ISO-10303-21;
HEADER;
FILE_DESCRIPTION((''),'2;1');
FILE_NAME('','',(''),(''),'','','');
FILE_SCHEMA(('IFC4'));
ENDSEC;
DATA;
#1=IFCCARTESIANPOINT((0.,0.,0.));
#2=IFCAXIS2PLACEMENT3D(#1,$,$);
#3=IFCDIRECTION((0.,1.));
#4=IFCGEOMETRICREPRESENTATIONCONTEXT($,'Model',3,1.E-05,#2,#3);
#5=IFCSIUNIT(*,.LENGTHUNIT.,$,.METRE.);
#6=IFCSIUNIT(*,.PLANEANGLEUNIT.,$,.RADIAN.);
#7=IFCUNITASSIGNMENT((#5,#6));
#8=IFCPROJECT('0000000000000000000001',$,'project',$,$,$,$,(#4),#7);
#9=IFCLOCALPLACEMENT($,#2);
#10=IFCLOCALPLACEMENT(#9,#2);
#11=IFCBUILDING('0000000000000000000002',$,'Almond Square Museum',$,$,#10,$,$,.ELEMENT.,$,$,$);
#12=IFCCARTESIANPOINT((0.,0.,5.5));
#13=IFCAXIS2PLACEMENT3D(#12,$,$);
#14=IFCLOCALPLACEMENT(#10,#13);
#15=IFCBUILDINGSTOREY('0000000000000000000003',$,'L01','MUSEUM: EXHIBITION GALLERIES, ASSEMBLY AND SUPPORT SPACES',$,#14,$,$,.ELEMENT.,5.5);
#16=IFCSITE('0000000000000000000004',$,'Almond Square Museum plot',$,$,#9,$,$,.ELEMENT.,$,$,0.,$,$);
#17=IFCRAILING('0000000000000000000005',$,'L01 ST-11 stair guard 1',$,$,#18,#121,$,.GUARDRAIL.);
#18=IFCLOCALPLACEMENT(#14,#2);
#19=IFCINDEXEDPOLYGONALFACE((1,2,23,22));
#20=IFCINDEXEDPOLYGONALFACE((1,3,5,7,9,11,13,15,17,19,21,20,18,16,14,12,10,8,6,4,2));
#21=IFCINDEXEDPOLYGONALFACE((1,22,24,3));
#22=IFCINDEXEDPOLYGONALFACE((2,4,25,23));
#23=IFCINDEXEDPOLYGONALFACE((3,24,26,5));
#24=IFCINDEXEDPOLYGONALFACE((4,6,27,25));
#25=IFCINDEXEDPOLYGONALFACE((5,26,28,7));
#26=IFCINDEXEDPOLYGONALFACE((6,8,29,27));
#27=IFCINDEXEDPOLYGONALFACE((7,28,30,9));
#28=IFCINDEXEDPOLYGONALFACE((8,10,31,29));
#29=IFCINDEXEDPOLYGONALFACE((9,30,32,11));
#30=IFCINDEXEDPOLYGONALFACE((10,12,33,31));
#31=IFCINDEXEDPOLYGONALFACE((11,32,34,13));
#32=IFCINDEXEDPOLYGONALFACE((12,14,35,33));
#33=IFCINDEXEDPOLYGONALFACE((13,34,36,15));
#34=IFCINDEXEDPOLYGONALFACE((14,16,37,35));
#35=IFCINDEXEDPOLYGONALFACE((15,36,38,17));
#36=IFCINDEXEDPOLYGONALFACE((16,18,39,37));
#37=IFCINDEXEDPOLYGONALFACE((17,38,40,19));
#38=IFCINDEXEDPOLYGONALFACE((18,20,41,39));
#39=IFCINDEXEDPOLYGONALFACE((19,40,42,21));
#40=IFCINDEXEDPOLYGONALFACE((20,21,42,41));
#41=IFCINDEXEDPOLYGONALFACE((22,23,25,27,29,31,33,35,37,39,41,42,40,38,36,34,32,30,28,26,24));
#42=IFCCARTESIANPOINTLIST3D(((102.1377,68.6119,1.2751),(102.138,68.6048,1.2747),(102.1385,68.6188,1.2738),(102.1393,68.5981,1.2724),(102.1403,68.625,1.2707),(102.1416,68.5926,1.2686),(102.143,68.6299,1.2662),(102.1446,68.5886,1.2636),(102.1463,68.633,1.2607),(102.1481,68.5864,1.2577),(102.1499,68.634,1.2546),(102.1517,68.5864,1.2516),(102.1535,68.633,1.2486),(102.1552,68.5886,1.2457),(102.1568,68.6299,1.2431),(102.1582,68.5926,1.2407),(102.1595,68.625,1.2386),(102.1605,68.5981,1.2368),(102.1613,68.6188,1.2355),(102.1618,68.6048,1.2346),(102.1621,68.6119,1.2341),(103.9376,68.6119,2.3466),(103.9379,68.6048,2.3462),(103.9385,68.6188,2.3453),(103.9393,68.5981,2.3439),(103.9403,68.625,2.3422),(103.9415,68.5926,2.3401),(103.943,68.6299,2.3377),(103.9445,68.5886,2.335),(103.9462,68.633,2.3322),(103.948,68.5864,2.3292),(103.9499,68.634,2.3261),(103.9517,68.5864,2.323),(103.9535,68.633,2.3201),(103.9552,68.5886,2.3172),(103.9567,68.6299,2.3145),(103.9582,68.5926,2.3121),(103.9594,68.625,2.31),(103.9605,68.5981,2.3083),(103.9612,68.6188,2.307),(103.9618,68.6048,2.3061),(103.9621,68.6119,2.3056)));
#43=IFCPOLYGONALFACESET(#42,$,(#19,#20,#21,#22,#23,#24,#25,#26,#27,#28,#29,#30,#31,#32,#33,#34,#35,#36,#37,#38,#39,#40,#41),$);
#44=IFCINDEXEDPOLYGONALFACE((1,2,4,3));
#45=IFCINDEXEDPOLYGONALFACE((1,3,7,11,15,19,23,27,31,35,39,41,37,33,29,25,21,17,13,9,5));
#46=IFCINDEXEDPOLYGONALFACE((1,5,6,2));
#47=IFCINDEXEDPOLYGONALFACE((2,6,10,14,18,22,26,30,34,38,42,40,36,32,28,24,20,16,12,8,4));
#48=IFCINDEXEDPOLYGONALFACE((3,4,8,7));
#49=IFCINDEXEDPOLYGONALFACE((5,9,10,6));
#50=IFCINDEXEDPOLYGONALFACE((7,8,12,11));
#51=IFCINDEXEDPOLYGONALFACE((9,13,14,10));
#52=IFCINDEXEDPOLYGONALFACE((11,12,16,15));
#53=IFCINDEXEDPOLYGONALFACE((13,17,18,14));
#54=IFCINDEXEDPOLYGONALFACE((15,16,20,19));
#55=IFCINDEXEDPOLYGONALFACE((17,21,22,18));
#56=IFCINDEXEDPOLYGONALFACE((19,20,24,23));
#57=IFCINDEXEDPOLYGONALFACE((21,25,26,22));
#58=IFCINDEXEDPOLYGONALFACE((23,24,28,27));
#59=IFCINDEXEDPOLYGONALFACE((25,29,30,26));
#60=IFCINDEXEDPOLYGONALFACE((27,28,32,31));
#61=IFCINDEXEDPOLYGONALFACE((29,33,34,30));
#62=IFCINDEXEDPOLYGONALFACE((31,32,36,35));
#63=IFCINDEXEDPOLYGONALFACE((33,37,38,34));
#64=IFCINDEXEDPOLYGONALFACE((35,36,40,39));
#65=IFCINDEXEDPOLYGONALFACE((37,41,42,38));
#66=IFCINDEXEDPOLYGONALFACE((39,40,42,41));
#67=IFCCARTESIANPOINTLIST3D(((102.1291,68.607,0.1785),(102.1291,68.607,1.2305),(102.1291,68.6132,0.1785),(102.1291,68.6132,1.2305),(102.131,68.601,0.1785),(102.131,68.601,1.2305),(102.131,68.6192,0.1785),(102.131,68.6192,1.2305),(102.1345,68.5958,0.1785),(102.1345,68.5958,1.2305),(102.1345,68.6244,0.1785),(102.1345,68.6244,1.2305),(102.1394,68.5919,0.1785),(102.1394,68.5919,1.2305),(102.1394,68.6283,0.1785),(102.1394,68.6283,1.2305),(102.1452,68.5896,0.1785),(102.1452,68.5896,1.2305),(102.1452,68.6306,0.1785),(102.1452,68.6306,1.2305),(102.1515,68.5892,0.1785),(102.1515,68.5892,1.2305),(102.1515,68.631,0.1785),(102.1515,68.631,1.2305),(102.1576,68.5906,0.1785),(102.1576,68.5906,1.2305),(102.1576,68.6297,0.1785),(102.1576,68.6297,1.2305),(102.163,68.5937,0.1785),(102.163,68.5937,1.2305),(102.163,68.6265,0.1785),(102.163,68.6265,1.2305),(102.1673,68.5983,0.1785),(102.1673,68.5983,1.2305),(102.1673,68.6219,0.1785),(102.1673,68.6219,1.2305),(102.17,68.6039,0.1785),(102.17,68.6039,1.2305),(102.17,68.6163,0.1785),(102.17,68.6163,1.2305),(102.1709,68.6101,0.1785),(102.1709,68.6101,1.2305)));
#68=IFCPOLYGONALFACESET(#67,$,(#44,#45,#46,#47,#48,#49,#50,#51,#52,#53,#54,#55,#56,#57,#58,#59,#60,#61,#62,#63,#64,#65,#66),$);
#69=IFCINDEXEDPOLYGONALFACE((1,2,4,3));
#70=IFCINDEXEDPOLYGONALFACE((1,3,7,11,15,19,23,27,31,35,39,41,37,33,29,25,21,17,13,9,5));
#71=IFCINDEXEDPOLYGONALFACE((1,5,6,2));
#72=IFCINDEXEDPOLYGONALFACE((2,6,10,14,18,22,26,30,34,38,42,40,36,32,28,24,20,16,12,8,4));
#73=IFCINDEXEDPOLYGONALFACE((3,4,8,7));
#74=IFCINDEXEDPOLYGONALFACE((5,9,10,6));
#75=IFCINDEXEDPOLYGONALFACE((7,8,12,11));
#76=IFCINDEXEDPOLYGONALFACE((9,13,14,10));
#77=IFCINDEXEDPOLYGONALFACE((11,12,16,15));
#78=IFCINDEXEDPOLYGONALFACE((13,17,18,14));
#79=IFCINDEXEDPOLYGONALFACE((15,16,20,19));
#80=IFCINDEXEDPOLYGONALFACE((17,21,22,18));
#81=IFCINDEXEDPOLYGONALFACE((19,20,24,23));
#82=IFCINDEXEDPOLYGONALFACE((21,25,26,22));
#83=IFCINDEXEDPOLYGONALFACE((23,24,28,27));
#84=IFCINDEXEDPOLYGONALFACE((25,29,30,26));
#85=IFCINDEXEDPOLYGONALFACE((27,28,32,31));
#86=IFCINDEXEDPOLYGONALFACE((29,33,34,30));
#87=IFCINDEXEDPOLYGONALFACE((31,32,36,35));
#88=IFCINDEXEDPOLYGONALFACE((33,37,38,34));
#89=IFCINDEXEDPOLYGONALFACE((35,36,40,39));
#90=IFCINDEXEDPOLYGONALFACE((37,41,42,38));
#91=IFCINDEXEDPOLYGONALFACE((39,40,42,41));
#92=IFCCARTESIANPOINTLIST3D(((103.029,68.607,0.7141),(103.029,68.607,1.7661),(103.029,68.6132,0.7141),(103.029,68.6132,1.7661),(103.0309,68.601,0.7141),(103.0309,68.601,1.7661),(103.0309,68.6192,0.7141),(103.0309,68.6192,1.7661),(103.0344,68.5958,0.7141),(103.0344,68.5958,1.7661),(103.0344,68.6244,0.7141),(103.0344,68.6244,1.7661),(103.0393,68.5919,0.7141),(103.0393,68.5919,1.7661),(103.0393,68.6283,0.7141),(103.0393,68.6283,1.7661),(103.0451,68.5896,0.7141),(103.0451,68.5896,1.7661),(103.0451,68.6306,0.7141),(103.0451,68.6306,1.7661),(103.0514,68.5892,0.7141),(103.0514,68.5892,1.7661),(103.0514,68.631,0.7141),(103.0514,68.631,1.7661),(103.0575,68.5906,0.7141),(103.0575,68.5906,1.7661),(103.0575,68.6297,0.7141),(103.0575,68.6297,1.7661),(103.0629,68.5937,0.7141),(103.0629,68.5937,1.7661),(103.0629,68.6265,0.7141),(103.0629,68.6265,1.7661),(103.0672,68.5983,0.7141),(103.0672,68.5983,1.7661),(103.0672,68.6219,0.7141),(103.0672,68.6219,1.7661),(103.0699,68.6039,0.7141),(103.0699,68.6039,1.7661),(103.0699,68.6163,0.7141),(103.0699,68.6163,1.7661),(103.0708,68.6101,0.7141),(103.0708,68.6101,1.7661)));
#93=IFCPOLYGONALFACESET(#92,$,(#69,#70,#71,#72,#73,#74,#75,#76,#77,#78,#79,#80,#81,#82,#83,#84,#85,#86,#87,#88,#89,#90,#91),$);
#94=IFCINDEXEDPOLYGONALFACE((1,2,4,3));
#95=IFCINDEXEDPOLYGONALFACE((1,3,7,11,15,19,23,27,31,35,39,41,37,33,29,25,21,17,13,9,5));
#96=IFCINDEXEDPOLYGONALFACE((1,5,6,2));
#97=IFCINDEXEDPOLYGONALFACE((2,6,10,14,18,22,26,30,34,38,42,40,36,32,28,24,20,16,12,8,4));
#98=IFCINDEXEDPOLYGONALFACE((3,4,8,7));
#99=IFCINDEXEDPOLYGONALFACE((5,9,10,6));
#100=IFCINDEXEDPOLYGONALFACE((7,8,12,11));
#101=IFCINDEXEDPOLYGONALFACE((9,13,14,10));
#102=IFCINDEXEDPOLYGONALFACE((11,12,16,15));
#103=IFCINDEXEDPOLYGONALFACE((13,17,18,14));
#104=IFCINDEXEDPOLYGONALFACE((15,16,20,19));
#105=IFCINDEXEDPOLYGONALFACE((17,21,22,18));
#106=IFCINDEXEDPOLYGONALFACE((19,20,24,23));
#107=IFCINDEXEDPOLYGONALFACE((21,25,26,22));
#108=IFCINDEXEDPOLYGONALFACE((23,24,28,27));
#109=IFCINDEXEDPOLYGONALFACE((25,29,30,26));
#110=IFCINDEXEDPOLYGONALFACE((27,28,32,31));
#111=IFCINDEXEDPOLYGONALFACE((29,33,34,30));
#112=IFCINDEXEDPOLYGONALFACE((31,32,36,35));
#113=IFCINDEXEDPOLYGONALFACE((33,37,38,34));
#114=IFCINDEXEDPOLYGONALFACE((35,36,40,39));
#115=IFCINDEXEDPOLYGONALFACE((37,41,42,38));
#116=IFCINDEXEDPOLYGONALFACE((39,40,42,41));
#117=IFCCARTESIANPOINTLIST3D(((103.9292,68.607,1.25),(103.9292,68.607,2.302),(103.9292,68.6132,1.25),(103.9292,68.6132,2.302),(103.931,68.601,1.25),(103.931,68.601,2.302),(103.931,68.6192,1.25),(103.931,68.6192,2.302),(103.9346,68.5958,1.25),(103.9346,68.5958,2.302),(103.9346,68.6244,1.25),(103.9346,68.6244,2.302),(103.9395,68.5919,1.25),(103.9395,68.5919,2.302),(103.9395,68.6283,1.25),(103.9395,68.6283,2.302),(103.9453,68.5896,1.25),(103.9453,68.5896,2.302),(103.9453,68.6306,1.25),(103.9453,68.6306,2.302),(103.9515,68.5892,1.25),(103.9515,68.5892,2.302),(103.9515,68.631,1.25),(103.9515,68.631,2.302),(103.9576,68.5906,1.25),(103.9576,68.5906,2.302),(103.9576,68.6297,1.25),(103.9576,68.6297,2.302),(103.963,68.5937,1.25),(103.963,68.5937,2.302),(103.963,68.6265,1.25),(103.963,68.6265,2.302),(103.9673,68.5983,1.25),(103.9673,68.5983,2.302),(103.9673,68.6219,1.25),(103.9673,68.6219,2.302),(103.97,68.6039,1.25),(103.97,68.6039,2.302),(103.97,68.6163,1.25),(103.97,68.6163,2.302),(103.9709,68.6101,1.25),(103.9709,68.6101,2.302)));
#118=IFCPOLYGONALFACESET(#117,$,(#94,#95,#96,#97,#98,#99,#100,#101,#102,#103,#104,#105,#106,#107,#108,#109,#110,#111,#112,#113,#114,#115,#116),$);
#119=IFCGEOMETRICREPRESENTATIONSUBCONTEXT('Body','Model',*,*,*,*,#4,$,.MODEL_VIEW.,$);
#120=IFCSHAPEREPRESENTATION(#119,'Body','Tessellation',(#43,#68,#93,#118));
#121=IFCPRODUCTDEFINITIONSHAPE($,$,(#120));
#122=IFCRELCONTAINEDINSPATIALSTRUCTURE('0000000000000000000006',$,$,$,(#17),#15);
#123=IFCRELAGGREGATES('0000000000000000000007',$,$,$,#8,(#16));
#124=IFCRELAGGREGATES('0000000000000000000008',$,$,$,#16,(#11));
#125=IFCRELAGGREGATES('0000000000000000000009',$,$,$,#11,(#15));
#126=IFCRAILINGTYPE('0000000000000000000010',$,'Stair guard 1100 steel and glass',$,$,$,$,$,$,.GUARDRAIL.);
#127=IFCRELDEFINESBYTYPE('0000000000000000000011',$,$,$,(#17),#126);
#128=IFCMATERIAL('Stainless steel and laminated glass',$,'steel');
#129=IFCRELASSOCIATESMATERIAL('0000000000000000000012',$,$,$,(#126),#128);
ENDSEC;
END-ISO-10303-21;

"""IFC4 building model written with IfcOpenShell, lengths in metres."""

from ifc_helpers import new_model, si_unit, direction, frame, origin, origin_2d, place, context, subcontext, project, spatial, circle, extrude, material, type_object, element, save


model = new_model("IFC4")

# Units and contexts
model_context = context("Model", 3, precision=1e-05, world=origin(), true_north=direction((0.0, 1.0)))
body_context = subcontext(model_context, "Body", "Model", "MODEL_VIEW")
ifc_project = project(units=[si_unit("LENGTHUNIT", "METRE"), si_unit("PLANEANGLEUNIT", "RADIAN")], contexts=[model_context])

# Site, building, storey
site_placement = place(None, origin())
site = spatial("IfcSite", under=ifc_project, at=site_placement, Name="Almond Square Museum plot", CompositionType="ELEMENT", RefElevation=0.0)
building_placement = place(site_placement, origin())
building = spatial("IfcBuilding", under=site, at=building_placement, Name="Almond Square Museum", CompositionType="ELEMENT")
storey_placement = place(building_placement, frame((0.0, 0.0, 5.5)))
storey = spatial("IfcBuildingStorey", under=building, at=storey_placement, Name="L01", Description="MUSEUM: EXHIBITION GALLERIES, ASSEMBLY AND SUPPORT SPACES", CompositionType="ELEMENT", Elevation=5.5)

# Railing
ifc_material_1 = material(Name="Stainless steel and laminated glass", Category="steel")
railing_type_1 = type_object("IfcRailingType", Name="Stair guard 1100 steel and glass", PredefinedType="GUARDRAIL", material=ifc_material_1)
railing_1_placement = place(storey_placement, frame((102.1499, 68.6101, 0.1785)))
element("IfcRailing", 1, at=railing_1_placement, inside=storey, type_object=railing_type_1, Name="L01 ST-11 stair guard 1", PredefinedType="GUARDRAIL", context=body_context, shape_type="SweptSolid", body=[
    extrude(circle(Radius=0.0239, at=origin_2d()), frame((0.0, 0.0, 1.0762), z_axis=(0.859277, 0.0, 0.51151), x_axis=(0.0, 1.0, 0.0)), (0.0, 0.0, 1.0), 2.0947),
    extrude(circle(Radius=0.021, at=origin_2d()), origin(), (0.0, 0.0, 1.0), 1.052),
    extrude(circle(Radius=0.021, at=origin_2d()), frame((0.8999, 0.0, 0.5356)), (0.0, 0.0, 1.0), 1.052),
    extrude(circle(Radius=0.021, at=origin_2d()), frame((1.8, 0.0, 1.0715)), (0.0, 0.0, 1.0), 1.052),
])

save(model, "model.ifc")
